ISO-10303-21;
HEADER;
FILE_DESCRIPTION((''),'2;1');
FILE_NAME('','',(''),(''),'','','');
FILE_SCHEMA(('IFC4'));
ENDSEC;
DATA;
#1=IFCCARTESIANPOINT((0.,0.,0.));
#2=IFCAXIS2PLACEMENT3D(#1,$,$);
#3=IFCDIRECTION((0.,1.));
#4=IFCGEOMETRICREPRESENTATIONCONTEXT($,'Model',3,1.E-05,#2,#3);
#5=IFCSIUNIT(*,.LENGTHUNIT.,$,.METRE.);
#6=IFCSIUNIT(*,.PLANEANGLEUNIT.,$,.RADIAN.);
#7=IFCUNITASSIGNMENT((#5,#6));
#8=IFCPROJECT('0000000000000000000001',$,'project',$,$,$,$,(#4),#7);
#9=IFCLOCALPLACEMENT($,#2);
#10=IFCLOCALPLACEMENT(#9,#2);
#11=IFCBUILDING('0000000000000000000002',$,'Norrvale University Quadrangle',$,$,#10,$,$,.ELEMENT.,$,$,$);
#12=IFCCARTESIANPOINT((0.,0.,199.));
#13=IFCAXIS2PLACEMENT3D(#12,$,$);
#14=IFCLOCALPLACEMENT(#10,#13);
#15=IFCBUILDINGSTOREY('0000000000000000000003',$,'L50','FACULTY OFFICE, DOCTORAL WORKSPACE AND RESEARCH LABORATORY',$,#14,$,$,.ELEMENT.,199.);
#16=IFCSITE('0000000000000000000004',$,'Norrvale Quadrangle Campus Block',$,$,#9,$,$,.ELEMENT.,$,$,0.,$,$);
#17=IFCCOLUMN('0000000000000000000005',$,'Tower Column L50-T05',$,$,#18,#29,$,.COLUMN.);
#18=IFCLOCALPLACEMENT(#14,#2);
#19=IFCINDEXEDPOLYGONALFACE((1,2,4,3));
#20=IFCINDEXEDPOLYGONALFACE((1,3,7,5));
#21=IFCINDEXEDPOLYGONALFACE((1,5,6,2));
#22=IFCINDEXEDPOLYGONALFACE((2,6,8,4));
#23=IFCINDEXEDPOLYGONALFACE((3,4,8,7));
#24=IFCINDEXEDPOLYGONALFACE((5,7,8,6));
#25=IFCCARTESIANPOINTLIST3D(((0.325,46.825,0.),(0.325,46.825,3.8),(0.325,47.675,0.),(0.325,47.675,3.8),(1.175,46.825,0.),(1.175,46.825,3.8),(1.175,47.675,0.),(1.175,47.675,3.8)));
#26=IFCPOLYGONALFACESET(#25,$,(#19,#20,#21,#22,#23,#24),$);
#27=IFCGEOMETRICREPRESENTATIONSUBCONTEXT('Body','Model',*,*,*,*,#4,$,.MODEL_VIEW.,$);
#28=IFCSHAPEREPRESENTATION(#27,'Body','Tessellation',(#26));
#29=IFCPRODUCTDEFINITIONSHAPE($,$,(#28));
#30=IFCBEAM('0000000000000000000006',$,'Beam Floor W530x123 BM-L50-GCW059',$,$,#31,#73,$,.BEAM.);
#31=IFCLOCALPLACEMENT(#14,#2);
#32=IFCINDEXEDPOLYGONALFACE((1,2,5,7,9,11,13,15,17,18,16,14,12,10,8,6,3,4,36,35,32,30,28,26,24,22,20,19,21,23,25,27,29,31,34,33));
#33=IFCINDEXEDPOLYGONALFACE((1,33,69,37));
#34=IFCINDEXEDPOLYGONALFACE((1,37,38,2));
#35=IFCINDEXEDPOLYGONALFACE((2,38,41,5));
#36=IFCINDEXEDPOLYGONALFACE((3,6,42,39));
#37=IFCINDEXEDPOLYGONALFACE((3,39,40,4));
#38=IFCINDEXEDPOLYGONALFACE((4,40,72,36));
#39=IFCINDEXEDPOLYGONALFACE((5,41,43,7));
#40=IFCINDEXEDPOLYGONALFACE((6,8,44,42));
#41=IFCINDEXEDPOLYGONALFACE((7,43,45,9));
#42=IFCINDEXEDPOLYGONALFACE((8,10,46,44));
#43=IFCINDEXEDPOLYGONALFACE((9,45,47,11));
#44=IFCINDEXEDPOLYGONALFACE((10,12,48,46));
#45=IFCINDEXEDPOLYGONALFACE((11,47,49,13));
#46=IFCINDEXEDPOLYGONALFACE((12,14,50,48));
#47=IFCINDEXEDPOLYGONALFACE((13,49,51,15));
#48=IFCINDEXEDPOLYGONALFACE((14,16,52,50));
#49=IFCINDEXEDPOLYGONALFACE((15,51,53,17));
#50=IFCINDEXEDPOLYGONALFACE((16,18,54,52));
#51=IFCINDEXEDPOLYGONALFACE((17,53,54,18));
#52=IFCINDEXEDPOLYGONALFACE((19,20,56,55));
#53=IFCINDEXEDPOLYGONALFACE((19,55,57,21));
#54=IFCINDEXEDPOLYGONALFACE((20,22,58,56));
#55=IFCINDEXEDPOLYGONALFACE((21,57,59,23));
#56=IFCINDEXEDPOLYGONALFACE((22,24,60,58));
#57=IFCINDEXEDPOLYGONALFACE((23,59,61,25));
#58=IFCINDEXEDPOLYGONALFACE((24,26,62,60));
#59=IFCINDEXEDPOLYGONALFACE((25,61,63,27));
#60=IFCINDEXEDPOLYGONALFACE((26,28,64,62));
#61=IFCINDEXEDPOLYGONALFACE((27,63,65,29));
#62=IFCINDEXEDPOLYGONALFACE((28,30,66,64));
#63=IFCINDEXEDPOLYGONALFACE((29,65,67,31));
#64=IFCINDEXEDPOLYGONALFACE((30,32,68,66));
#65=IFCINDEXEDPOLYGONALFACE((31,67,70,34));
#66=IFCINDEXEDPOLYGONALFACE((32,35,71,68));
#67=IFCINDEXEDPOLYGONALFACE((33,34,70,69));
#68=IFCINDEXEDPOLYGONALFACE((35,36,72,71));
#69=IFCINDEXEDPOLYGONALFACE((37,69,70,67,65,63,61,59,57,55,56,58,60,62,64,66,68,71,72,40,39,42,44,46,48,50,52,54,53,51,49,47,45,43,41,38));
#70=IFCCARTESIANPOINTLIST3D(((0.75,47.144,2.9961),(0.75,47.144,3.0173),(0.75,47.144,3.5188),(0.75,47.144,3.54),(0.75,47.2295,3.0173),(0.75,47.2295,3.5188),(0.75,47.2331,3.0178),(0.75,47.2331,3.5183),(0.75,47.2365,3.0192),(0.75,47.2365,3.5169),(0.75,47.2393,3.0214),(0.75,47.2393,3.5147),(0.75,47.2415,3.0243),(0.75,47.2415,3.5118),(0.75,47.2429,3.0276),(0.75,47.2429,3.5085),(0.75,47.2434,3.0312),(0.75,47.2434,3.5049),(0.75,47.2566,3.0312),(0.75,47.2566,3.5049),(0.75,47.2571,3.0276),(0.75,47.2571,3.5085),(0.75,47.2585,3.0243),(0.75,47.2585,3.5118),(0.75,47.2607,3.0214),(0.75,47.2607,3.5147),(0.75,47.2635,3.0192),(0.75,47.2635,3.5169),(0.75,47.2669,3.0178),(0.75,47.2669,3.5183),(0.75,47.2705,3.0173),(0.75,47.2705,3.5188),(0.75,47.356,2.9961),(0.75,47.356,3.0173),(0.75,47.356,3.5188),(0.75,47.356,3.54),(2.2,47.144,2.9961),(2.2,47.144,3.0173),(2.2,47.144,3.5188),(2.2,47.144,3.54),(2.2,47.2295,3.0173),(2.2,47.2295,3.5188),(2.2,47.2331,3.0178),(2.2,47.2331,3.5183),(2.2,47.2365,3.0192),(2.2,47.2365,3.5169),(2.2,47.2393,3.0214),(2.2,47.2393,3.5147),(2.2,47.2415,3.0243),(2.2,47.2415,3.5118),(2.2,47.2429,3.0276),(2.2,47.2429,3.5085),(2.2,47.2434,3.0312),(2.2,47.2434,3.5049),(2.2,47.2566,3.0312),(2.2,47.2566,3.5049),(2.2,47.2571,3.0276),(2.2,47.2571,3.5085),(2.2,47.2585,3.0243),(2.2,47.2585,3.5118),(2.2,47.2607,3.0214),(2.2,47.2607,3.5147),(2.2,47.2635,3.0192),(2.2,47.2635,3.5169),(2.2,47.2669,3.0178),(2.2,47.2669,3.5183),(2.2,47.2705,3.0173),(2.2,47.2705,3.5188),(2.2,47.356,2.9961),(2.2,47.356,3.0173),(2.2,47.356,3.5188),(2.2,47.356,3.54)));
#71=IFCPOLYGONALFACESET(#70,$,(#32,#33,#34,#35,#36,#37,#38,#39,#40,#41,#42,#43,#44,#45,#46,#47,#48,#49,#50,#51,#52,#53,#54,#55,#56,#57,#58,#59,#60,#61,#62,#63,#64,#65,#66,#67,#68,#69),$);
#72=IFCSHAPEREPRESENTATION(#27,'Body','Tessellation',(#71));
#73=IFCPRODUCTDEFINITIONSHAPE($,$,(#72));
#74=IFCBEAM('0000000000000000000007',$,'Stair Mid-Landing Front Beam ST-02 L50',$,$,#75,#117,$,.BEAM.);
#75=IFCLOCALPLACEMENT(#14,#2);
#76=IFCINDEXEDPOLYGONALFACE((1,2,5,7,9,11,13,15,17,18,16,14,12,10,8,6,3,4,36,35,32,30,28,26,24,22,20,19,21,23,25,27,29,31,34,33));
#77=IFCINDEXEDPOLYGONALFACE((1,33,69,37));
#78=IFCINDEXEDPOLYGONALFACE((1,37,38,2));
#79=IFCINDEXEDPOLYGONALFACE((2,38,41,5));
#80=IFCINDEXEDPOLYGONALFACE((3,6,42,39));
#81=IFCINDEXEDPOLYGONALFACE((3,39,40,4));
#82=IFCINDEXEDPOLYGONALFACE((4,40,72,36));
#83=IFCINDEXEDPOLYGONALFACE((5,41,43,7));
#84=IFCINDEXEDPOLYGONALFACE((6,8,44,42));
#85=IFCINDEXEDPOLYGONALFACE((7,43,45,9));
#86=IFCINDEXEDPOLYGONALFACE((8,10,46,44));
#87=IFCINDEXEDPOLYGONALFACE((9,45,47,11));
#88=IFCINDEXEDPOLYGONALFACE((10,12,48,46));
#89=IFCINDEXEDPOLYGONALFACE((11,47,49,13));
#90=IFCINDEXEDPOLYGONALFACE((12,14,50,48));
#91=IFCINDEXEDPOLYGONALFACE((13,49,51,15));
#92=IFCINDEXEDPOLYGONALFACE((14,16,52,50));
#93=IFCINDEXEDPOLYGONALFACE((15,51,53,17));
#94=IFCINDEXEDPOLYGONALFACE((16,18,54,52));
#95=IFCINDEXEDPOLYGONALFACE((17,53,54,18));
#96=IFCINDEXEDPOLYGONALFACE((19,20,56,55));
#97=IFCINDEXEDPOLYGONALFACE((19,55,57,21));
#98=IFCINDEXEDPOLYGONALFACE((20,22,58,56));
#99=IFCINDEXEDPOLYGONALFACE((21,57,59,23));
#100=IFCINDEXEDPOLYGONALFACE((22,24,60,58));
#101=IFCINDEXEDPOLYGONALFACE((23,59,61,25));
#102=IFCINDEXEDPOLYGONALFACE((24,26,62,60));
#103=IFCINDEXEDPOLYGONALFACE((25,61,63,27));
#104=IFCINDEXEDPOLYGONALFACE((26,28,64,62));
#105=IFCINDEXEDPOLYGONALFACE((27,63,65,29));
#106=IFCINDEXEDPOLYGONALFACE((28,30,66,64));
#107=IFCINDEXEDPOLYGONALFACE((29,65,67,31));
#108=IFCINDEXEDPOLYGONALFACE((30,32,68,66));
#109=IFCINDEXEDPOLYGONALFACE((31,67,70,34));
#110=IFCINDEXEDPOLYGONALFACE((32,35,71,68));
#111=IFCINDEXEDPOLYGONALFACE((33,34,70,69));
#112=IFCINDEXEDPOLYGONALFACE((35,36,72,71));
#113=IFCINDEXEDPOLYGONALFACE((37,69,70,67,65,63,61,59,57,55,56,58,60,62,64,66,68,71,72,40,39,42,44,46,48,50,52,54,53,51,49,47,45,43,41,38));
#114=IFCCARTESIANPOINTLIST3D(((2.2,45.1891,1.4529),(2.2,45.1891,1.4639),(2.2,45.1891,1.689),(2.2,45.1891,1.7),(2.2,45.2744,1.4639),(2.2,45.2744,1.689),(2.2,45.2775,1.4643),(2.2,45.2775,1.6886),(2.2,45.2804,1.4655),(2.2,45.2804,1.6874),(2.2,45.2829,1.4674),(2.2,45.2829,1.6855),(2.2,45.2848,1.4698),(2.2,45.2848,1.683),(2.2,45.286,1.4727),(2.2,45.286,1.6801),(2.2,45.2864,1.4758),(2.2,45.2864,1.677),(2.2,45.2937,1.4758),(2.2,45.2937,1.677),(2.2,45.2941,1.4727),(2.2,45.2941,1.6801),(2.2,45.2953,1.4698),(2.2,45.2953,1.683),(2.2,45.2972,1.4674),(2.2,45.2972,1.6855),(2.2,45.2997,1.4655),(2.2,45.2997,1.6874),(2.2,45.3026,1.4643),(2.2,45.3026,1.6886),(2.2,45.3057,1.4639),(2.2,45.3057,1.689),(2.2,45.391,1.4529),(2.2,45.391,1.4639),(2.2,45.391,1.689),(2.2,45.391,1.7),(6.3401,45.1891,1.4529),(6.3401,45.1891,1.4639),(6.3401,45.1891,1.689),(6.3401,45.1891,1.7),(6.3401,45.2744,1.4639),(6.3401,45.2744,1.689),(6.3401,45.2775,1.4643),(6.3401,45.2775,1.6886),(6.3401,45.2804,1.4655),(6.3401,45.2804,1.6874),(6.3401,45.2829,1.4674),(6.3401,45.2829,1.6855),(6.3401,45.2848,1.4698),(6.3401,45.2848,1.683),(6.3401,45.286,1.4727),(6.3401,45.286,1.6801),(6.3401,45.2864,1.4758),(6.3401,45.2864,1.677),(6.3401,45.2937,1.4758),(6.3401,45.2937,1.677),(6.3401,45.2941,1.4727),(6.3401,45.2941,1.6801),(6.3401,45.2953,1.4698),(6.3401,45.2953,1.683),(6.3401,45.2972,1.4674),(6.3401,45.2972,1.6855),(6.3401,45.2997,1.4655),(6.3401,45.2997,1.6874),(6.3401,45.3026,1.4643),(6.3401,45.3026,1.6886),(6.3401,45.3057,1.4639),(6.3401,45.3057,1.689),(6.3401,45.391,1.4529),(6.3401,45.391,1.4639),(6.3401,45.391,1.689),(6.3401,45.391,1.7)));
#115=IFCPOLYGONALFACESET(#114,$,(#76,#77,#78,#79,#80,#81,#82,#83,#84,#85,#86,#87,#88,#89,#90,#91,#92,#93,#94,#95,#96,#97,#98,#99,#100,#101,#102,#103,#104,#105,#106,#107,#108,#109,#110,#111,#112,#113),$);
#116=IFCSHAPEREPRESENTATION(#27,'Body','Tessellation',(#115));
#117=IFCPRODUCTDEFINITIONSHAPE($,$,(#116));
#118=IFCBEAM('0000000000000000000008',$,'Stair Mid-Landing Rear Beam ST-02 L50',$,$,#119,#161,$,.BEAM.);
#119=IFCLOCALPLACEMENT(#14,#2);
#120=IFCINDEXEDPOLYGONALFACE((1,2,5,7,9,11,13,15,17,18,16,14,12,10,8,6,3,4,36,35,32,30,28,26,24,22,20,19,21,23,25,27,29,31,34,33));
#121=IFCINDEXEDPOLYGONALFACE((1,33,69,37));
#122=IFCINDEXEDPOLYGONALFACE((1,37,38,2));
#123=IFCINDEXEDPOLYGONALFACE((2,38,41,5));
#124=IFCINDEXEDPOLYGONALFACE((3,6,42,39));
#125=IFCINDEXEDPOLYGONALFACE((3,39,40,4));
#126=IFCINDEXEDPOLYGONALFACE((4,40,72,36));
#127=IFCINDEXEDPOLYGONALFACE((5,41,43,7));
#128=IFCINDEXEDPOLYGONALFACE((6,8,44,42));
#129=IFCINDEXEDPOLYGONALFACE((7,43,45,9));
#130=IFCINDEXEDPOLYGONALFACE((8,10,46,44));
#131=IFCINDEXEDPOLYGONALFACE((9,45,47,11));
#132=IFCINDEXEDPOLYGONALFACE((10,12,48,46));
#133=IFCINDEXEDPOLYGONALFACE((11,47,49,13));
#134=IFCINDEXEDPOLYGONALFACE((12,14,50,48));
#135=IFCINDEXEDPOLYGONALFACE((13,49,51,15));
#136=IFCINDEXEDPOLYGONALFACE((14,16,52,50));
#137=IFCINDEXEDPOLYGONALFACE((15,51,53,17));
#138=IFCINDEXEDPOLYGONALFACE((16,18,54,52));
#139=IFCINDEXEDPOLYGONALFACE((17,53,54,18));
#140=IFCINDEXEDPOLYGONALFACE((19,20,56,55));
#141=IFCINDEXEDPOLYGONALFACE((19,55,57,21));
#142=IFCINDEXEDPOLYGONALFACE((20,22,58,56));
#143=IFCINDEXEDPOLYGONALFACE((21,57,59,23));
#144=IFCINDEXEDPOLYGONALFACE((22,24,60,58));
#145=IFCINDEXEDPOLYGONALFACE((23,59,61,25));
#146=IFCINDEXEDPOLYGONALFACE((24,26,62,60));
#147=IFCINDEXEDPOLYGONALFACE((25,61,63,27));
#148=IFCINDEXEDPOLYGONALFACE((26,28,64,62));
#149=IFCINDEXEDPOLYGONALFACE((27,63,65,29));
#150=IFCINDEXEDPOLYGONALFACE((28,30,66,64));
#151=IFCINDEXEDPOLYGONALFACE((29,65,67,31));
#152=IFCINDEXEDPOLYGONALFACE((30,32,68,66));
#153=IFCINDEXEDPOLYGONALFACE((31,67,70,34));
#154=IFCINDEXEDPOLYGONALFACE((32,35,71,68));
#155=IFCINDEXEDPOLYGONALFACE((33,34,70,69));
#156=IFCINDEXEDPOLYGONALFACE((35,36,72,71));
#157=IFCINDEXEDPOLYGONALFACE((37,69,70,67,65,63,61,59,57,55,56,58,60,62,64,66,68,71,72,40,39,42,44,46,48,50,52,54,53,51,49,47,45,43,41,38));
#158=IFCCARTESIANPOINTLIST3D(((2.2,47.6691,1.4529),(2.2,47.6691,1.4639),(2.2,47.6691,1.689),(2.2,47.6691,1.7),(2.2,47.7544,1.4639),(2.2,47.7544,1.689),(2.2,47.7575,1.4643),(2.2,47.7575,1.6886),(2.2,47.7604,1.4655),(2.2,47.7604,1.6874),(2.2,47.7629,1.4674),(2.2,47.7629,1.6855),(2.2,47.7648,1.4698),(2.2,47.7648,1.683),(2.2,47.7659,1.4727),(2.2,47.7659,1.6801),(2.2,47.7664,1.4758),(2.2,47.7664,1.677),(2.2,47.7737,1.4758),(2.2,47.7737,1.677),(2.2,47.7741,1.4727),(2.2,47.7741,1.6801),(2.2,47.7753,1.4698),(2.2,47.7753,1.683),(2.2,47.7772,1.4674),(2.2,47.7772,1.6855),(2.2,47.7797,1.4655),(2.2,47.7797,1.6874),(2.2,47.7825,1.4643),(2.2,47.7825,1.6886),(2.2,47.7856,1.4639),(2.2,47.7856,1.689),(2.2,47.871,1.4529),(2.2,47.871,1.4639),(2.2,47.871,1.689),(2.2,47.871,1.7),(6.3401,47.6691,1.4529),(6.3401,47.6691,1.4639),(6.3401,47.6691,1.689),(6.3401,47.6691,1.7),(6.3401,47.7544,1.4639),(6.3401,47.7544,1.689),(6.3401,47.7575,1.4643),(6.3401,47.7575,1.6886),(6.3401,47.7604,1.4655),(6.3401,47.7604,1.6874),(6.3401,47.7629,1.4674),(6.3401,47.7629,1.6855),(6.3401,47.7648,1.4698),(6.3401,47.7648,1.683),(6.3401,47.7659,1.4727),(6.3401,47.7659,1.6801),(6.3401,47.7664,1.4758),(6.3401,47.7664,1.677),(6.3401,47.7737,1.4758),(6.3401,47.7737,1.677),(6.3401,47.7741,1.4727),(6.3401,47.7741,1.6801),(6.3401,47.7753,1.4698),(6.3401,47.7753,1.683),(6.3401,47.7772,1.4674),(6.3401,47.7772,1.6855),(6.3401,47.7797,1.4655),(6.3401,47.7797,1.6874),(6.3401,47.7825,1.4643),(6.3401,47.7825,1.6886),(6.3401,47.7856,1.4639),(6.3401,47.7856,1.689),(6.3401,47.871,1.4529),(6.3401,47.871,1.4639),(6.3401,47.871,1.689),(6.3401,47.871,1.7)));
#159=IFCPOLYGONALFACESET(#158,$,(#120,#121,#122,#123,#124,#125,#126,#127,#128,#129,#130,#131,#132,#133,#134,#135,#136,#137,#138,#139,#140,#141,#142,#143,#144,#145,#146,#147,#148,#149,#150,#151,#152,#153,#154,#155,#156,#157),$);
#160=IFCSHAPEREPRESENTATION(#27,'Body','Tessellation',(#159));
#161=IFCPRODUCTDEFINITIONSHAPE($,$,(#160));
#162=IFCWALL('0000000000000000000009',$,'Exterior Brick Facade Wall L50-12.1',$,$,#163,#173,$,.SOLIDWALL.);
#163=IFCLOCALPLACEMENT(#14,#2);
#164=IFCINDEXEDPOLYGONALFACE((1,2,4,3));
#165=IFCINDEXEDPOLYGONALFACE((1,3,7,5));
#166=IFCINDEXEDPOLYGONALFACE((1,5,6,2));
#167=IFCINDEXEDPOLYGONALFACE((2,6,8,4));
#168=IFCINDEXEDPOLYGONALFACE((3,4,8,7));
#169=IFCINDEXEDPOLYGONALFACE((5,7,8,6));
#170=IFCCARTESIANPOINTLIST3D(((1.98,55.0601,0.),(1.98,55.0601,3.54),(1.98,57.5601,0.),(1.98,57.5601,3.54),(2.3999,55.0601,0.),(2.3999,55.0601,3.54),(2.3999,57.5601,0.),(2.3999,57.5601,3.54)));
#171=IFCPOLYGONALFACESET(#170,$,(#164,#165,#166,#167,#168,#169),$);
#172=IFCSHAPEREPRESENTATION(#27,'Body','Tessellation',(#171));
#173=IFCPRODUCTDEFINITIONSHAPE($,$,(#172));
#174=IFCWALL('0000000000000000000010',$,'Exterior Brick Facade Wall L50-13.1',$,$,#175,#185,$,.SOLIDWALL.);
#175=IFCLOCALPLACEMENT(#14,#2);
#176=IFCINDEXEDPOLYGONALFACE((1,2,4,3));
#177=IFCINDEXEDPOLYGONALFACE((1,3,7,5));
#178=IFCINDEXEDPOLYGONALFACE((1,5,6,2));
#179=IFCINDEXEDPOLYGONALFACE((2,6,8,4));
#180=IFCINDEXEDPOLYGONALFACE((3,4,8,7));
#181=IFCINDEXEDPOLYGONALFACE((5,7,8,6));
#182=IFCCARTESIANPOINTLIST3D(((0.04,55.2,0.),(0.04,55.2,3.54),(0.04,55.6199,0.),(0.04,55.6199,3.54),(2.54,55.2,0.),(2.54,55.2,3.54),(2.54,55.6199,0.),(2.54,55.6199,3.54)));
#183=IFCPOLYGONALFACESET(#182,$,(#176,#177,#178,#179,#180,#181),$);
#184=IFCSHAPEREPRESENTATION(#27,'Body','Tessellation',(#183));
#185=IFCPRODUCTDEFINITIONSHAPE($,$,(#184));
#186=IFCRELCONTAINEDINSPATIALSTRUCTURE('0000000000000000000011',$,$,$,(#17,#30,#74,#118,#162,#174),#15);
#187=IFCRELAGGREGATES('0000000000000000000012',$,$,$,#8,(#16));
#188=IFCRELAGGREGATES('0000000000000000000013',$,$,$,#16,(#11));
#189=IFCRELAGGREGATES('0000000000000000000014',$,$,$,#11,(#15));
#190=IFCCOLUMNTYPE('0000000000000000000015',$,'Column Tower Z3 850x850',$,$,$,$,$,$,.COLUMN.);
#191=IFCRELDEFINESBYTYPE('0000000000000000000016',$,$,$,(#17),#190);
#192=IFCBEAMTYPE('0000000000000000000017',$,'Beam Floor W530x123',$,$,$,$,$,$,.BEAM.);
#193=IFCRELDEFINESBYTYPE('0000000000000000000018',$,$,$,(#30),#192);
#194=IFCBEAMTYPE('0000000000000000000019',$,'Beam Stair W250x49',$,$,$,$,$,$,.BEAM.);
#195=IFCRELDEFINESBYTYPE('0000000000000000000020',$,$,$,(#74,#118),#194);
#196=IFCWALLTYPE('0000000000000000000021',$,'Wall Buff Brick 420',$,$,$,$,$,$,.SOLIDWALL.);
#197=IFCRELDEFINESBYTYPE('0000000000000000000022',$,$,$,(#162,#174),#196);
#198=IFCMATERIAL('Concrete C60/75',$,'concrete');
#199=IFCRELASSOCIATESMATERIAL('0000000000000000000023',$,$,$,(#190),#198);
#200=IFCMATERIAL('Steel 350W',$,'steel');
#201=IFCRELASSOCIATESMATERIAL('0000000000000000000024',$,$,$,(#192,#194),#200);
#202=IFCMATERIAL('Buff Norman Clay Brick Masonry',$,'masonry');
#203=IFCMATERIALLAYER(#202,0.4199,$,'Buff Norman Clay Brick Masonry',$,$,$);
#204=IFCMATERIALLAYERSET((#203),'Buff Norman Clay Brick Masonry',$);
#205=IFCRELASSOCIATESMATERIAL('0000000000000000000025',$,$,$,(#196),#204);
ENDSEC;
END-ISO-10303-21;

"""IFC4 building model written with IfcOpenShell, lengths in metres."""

from ifc_helpers import new_model, si_unit, direction, frame, frame_2d, origin, origin_2d, place, context, subcontext, project, spatial, rectangle, i_section, extrude, material, layer, layer_set, material_profile, profile_set, type_object, element, save


model = new_model("IFC4")

# Units and contexts
model_context = context("Model", 3, precision=1e-05, world=origin(), true_north=direction((0.0, 1.0)))
body_context = subcontext(model_context, "Body", "Model", "MODEL_VIEW")
ifc_project = project(units=[si_unit("LENGTHUNIT", "METRE"), si_unit("PLANEANGLEUNIT", "RADIAN")], contexts=[model_context])

# Site, building, storey
site_placement = place(None, origin())
site = spatial("IfcSite", under=ifc_project, at=site_placement, Name="Norrvale Quadrangle Campus Block", CompositionType="ELEMENT", RefElevation=0.0)
building_placement = place(site_placement, origin())
building = spatial("IfcBuilding", under=site, at=building_placement, Name="Norrvale University Quadrangle", CompositionType="ELEMENT")
storey_placement = place(building_placement, frame((0.0, 0.0, 199.0)))
storey = spatial("IfcBuildingStorey", under=building, at=storey_placement, Name="L50", Description="FACULTY OFFICE, DOCTORAL WORKSPACE AND RESEARCH LABORATORY", CompositionType="ELEMENT", Elevation=199.0)

# Column
ifc_material_1 = material(Name="Concrete C60/75", Category="concrete")
ifc_material_profile_1 = material_profile(ifc_material_1, rectangle(XDim=0.8501, YDim=0.8501, at=origin_2d()), Name="Concrete C60/75")
ifc_profile_set_1 = profile_set([ifc_material_profile_1], Name="Concrete C60/75")
column_type = type_object("IfcColumnType", Name="Column Tower Z3 850x850", PredefinedType="COLUMN", material=ifc_profile_set_1)
column_placement = place(storey_placement, frame((0.75, 47.25, 0.0), z_axis=(0.0, 0.0, 1.0), x_axis=(1.0, 0.0, 0.0)))
element("IfcColumn", 1, at=column_placement, inside=storey, type_object=column_type, Name="Tower Column L50-T05", PredefinedType="COLUMN", context=body_context, shape_type="SweptSolid", body=[
    extrude(rectangle(XDim=0.8501, YDim=0.8501, at=origin_2d()), origin(), (0.0, 0.0, 1.0), 3.8),
])

# Beams
ifc_material_2 = material(Name="Steel 350W", Category="steel")
ifc_material_profile_2 = material_profile(ifc_material_2, i_section(OverallWidth=0.2119, OverallDepth=0.5439, WebThickness=0.0132, FlangeThickness=0.0212, FilletRadius=0.0139, at=origin_2d()), Name="Steel 350W")
ifc_profile_set_2 = profile_set([ifc_material_profile_2], Name="Steel 350W")
beam_type_1 = type_object("IfcBeamType", Name="Beam Floor W530x123", PredefinedType="BEAM", material=ifc_profile_set_2)
beam_placement = place(storey_placement, frame((0.75, 47.25, 3.2681), z_axis=(1.0, 0.0, 0.0), x_axis=(0.0, 1.0, 0.0)))
element("IfcBeam", 2, at=beam_placement, inside=storey, type_object=beam_type_1, Name="Beam Floor W530x123 BM-L50-GCW059", PredefinedType="BEAM", context=body_context, shape_type="SweptSolid", body=[
    extrude(i_section(OverallWidth=0.2119, OverallDepth=0.5439, WebThickness=0.0132, FlangeThickness=0.0212, FilletRadius=0.0139, at=origin_2d()), origin(), (0.0, 0.0, 1.0), 1.45),
])
ifc_material_profile_3 = material_profile(ifc_material_2, i_section(OverallWidth=0.2019, OverallDepth=0.2471, WebThickness=0.0073, FlangeThickness=0.011, FilletRadius=0.012, at=origin_2d()), Name="Steel 350W")
ifc_profile_set_3 = profile_set([ifc_material_profile_3], Name="Steel 350W")
beam_type_2 = type_object("IfcBeamType", Name="Beam Stair W250x49", PredefinedType="BEAM", material=ifc_profile_set_3)
for number, where, z_axis, x_axis, name in (
    (3, (2.2, 45.29, 1.5764), (1.0, 0.0, 0.0), (0.0, 1.0, 0.0), "Stair Mid-Landing Front Beam ST-02 L50"),
    (4, (2.2, 47.77, 1.5764), (1.0, 0.0, 0.0), (0.0, 1.0, 0.0), "Stair Mid-Landing Rear Beam ST-02 L50"),
):
    element("IfcBeam", number, at=place(storey_placement, frame(where, z_axis=z_axis, x_axis=x_axis)), inside=storey, type_object=beam_type_2, Name=name, PredefinedType="BEAM", context=body_context, shape_type="SweptSolid", body=[
        extrude(i_section(OverallWidth=0.2019, OverallDepth=0.2471, WebThickness=0.0073, FlangeThickness=0.011, FilletRadius=0.012, at=origin_2d()), origin(), (0.0, 0.0, 1.0), 4.1401),
    ])

# Walls
ifc_material_3 = material(Name="Buff Norman Clay Brick Masonry", Category="masonry")
ifc_layer_1 = layer(ifc_material_3, 0.4199, Name="Buff Norman Clay Brick Masonry")
ifc_layer_set_1 = layer_set([ifc_layer_1], Name="Buff Norman Clay Brick Masonry")
wall_type_1 = type_object("IfcWallType", Name="Wall Buff Brick 420", PredefinedType="SOLIDWALL", material=ifc_layer_set_1)
for number, where, z_axis, x_axis, name in (
    (5, (2.1899, 57.5601, 0.0), (0.0, 0.0, 1.0), (0.0, -1.0, 0.0), "Exterior Brick Facade Wall L50-12.1"),
    (6, (2.54, 55.4099, 0.0), (0.0, 0.0, 1.0), (-1.0, 0.0, 0.0), "Exterior Brick Facade Wall L50-13.1"),
):
    element("IfcWall", number, at=place(storey_placement, frame(where, z_axis=z_axis, x_axis=x_axis)), inside=storey, type_object=wall_type_1, Name=name, PredefinedType="SOLIDWALL", context=body_context, shape_type="SweptSolid", body=[
        extrude(rectangle(XDim=2.5, YDim=0.4199, at=frame_2d((1.25, 0.0))), origin(), (0.0, 0.0, 1.0), 3.54),
    ])

save(model, "model.ifc")
